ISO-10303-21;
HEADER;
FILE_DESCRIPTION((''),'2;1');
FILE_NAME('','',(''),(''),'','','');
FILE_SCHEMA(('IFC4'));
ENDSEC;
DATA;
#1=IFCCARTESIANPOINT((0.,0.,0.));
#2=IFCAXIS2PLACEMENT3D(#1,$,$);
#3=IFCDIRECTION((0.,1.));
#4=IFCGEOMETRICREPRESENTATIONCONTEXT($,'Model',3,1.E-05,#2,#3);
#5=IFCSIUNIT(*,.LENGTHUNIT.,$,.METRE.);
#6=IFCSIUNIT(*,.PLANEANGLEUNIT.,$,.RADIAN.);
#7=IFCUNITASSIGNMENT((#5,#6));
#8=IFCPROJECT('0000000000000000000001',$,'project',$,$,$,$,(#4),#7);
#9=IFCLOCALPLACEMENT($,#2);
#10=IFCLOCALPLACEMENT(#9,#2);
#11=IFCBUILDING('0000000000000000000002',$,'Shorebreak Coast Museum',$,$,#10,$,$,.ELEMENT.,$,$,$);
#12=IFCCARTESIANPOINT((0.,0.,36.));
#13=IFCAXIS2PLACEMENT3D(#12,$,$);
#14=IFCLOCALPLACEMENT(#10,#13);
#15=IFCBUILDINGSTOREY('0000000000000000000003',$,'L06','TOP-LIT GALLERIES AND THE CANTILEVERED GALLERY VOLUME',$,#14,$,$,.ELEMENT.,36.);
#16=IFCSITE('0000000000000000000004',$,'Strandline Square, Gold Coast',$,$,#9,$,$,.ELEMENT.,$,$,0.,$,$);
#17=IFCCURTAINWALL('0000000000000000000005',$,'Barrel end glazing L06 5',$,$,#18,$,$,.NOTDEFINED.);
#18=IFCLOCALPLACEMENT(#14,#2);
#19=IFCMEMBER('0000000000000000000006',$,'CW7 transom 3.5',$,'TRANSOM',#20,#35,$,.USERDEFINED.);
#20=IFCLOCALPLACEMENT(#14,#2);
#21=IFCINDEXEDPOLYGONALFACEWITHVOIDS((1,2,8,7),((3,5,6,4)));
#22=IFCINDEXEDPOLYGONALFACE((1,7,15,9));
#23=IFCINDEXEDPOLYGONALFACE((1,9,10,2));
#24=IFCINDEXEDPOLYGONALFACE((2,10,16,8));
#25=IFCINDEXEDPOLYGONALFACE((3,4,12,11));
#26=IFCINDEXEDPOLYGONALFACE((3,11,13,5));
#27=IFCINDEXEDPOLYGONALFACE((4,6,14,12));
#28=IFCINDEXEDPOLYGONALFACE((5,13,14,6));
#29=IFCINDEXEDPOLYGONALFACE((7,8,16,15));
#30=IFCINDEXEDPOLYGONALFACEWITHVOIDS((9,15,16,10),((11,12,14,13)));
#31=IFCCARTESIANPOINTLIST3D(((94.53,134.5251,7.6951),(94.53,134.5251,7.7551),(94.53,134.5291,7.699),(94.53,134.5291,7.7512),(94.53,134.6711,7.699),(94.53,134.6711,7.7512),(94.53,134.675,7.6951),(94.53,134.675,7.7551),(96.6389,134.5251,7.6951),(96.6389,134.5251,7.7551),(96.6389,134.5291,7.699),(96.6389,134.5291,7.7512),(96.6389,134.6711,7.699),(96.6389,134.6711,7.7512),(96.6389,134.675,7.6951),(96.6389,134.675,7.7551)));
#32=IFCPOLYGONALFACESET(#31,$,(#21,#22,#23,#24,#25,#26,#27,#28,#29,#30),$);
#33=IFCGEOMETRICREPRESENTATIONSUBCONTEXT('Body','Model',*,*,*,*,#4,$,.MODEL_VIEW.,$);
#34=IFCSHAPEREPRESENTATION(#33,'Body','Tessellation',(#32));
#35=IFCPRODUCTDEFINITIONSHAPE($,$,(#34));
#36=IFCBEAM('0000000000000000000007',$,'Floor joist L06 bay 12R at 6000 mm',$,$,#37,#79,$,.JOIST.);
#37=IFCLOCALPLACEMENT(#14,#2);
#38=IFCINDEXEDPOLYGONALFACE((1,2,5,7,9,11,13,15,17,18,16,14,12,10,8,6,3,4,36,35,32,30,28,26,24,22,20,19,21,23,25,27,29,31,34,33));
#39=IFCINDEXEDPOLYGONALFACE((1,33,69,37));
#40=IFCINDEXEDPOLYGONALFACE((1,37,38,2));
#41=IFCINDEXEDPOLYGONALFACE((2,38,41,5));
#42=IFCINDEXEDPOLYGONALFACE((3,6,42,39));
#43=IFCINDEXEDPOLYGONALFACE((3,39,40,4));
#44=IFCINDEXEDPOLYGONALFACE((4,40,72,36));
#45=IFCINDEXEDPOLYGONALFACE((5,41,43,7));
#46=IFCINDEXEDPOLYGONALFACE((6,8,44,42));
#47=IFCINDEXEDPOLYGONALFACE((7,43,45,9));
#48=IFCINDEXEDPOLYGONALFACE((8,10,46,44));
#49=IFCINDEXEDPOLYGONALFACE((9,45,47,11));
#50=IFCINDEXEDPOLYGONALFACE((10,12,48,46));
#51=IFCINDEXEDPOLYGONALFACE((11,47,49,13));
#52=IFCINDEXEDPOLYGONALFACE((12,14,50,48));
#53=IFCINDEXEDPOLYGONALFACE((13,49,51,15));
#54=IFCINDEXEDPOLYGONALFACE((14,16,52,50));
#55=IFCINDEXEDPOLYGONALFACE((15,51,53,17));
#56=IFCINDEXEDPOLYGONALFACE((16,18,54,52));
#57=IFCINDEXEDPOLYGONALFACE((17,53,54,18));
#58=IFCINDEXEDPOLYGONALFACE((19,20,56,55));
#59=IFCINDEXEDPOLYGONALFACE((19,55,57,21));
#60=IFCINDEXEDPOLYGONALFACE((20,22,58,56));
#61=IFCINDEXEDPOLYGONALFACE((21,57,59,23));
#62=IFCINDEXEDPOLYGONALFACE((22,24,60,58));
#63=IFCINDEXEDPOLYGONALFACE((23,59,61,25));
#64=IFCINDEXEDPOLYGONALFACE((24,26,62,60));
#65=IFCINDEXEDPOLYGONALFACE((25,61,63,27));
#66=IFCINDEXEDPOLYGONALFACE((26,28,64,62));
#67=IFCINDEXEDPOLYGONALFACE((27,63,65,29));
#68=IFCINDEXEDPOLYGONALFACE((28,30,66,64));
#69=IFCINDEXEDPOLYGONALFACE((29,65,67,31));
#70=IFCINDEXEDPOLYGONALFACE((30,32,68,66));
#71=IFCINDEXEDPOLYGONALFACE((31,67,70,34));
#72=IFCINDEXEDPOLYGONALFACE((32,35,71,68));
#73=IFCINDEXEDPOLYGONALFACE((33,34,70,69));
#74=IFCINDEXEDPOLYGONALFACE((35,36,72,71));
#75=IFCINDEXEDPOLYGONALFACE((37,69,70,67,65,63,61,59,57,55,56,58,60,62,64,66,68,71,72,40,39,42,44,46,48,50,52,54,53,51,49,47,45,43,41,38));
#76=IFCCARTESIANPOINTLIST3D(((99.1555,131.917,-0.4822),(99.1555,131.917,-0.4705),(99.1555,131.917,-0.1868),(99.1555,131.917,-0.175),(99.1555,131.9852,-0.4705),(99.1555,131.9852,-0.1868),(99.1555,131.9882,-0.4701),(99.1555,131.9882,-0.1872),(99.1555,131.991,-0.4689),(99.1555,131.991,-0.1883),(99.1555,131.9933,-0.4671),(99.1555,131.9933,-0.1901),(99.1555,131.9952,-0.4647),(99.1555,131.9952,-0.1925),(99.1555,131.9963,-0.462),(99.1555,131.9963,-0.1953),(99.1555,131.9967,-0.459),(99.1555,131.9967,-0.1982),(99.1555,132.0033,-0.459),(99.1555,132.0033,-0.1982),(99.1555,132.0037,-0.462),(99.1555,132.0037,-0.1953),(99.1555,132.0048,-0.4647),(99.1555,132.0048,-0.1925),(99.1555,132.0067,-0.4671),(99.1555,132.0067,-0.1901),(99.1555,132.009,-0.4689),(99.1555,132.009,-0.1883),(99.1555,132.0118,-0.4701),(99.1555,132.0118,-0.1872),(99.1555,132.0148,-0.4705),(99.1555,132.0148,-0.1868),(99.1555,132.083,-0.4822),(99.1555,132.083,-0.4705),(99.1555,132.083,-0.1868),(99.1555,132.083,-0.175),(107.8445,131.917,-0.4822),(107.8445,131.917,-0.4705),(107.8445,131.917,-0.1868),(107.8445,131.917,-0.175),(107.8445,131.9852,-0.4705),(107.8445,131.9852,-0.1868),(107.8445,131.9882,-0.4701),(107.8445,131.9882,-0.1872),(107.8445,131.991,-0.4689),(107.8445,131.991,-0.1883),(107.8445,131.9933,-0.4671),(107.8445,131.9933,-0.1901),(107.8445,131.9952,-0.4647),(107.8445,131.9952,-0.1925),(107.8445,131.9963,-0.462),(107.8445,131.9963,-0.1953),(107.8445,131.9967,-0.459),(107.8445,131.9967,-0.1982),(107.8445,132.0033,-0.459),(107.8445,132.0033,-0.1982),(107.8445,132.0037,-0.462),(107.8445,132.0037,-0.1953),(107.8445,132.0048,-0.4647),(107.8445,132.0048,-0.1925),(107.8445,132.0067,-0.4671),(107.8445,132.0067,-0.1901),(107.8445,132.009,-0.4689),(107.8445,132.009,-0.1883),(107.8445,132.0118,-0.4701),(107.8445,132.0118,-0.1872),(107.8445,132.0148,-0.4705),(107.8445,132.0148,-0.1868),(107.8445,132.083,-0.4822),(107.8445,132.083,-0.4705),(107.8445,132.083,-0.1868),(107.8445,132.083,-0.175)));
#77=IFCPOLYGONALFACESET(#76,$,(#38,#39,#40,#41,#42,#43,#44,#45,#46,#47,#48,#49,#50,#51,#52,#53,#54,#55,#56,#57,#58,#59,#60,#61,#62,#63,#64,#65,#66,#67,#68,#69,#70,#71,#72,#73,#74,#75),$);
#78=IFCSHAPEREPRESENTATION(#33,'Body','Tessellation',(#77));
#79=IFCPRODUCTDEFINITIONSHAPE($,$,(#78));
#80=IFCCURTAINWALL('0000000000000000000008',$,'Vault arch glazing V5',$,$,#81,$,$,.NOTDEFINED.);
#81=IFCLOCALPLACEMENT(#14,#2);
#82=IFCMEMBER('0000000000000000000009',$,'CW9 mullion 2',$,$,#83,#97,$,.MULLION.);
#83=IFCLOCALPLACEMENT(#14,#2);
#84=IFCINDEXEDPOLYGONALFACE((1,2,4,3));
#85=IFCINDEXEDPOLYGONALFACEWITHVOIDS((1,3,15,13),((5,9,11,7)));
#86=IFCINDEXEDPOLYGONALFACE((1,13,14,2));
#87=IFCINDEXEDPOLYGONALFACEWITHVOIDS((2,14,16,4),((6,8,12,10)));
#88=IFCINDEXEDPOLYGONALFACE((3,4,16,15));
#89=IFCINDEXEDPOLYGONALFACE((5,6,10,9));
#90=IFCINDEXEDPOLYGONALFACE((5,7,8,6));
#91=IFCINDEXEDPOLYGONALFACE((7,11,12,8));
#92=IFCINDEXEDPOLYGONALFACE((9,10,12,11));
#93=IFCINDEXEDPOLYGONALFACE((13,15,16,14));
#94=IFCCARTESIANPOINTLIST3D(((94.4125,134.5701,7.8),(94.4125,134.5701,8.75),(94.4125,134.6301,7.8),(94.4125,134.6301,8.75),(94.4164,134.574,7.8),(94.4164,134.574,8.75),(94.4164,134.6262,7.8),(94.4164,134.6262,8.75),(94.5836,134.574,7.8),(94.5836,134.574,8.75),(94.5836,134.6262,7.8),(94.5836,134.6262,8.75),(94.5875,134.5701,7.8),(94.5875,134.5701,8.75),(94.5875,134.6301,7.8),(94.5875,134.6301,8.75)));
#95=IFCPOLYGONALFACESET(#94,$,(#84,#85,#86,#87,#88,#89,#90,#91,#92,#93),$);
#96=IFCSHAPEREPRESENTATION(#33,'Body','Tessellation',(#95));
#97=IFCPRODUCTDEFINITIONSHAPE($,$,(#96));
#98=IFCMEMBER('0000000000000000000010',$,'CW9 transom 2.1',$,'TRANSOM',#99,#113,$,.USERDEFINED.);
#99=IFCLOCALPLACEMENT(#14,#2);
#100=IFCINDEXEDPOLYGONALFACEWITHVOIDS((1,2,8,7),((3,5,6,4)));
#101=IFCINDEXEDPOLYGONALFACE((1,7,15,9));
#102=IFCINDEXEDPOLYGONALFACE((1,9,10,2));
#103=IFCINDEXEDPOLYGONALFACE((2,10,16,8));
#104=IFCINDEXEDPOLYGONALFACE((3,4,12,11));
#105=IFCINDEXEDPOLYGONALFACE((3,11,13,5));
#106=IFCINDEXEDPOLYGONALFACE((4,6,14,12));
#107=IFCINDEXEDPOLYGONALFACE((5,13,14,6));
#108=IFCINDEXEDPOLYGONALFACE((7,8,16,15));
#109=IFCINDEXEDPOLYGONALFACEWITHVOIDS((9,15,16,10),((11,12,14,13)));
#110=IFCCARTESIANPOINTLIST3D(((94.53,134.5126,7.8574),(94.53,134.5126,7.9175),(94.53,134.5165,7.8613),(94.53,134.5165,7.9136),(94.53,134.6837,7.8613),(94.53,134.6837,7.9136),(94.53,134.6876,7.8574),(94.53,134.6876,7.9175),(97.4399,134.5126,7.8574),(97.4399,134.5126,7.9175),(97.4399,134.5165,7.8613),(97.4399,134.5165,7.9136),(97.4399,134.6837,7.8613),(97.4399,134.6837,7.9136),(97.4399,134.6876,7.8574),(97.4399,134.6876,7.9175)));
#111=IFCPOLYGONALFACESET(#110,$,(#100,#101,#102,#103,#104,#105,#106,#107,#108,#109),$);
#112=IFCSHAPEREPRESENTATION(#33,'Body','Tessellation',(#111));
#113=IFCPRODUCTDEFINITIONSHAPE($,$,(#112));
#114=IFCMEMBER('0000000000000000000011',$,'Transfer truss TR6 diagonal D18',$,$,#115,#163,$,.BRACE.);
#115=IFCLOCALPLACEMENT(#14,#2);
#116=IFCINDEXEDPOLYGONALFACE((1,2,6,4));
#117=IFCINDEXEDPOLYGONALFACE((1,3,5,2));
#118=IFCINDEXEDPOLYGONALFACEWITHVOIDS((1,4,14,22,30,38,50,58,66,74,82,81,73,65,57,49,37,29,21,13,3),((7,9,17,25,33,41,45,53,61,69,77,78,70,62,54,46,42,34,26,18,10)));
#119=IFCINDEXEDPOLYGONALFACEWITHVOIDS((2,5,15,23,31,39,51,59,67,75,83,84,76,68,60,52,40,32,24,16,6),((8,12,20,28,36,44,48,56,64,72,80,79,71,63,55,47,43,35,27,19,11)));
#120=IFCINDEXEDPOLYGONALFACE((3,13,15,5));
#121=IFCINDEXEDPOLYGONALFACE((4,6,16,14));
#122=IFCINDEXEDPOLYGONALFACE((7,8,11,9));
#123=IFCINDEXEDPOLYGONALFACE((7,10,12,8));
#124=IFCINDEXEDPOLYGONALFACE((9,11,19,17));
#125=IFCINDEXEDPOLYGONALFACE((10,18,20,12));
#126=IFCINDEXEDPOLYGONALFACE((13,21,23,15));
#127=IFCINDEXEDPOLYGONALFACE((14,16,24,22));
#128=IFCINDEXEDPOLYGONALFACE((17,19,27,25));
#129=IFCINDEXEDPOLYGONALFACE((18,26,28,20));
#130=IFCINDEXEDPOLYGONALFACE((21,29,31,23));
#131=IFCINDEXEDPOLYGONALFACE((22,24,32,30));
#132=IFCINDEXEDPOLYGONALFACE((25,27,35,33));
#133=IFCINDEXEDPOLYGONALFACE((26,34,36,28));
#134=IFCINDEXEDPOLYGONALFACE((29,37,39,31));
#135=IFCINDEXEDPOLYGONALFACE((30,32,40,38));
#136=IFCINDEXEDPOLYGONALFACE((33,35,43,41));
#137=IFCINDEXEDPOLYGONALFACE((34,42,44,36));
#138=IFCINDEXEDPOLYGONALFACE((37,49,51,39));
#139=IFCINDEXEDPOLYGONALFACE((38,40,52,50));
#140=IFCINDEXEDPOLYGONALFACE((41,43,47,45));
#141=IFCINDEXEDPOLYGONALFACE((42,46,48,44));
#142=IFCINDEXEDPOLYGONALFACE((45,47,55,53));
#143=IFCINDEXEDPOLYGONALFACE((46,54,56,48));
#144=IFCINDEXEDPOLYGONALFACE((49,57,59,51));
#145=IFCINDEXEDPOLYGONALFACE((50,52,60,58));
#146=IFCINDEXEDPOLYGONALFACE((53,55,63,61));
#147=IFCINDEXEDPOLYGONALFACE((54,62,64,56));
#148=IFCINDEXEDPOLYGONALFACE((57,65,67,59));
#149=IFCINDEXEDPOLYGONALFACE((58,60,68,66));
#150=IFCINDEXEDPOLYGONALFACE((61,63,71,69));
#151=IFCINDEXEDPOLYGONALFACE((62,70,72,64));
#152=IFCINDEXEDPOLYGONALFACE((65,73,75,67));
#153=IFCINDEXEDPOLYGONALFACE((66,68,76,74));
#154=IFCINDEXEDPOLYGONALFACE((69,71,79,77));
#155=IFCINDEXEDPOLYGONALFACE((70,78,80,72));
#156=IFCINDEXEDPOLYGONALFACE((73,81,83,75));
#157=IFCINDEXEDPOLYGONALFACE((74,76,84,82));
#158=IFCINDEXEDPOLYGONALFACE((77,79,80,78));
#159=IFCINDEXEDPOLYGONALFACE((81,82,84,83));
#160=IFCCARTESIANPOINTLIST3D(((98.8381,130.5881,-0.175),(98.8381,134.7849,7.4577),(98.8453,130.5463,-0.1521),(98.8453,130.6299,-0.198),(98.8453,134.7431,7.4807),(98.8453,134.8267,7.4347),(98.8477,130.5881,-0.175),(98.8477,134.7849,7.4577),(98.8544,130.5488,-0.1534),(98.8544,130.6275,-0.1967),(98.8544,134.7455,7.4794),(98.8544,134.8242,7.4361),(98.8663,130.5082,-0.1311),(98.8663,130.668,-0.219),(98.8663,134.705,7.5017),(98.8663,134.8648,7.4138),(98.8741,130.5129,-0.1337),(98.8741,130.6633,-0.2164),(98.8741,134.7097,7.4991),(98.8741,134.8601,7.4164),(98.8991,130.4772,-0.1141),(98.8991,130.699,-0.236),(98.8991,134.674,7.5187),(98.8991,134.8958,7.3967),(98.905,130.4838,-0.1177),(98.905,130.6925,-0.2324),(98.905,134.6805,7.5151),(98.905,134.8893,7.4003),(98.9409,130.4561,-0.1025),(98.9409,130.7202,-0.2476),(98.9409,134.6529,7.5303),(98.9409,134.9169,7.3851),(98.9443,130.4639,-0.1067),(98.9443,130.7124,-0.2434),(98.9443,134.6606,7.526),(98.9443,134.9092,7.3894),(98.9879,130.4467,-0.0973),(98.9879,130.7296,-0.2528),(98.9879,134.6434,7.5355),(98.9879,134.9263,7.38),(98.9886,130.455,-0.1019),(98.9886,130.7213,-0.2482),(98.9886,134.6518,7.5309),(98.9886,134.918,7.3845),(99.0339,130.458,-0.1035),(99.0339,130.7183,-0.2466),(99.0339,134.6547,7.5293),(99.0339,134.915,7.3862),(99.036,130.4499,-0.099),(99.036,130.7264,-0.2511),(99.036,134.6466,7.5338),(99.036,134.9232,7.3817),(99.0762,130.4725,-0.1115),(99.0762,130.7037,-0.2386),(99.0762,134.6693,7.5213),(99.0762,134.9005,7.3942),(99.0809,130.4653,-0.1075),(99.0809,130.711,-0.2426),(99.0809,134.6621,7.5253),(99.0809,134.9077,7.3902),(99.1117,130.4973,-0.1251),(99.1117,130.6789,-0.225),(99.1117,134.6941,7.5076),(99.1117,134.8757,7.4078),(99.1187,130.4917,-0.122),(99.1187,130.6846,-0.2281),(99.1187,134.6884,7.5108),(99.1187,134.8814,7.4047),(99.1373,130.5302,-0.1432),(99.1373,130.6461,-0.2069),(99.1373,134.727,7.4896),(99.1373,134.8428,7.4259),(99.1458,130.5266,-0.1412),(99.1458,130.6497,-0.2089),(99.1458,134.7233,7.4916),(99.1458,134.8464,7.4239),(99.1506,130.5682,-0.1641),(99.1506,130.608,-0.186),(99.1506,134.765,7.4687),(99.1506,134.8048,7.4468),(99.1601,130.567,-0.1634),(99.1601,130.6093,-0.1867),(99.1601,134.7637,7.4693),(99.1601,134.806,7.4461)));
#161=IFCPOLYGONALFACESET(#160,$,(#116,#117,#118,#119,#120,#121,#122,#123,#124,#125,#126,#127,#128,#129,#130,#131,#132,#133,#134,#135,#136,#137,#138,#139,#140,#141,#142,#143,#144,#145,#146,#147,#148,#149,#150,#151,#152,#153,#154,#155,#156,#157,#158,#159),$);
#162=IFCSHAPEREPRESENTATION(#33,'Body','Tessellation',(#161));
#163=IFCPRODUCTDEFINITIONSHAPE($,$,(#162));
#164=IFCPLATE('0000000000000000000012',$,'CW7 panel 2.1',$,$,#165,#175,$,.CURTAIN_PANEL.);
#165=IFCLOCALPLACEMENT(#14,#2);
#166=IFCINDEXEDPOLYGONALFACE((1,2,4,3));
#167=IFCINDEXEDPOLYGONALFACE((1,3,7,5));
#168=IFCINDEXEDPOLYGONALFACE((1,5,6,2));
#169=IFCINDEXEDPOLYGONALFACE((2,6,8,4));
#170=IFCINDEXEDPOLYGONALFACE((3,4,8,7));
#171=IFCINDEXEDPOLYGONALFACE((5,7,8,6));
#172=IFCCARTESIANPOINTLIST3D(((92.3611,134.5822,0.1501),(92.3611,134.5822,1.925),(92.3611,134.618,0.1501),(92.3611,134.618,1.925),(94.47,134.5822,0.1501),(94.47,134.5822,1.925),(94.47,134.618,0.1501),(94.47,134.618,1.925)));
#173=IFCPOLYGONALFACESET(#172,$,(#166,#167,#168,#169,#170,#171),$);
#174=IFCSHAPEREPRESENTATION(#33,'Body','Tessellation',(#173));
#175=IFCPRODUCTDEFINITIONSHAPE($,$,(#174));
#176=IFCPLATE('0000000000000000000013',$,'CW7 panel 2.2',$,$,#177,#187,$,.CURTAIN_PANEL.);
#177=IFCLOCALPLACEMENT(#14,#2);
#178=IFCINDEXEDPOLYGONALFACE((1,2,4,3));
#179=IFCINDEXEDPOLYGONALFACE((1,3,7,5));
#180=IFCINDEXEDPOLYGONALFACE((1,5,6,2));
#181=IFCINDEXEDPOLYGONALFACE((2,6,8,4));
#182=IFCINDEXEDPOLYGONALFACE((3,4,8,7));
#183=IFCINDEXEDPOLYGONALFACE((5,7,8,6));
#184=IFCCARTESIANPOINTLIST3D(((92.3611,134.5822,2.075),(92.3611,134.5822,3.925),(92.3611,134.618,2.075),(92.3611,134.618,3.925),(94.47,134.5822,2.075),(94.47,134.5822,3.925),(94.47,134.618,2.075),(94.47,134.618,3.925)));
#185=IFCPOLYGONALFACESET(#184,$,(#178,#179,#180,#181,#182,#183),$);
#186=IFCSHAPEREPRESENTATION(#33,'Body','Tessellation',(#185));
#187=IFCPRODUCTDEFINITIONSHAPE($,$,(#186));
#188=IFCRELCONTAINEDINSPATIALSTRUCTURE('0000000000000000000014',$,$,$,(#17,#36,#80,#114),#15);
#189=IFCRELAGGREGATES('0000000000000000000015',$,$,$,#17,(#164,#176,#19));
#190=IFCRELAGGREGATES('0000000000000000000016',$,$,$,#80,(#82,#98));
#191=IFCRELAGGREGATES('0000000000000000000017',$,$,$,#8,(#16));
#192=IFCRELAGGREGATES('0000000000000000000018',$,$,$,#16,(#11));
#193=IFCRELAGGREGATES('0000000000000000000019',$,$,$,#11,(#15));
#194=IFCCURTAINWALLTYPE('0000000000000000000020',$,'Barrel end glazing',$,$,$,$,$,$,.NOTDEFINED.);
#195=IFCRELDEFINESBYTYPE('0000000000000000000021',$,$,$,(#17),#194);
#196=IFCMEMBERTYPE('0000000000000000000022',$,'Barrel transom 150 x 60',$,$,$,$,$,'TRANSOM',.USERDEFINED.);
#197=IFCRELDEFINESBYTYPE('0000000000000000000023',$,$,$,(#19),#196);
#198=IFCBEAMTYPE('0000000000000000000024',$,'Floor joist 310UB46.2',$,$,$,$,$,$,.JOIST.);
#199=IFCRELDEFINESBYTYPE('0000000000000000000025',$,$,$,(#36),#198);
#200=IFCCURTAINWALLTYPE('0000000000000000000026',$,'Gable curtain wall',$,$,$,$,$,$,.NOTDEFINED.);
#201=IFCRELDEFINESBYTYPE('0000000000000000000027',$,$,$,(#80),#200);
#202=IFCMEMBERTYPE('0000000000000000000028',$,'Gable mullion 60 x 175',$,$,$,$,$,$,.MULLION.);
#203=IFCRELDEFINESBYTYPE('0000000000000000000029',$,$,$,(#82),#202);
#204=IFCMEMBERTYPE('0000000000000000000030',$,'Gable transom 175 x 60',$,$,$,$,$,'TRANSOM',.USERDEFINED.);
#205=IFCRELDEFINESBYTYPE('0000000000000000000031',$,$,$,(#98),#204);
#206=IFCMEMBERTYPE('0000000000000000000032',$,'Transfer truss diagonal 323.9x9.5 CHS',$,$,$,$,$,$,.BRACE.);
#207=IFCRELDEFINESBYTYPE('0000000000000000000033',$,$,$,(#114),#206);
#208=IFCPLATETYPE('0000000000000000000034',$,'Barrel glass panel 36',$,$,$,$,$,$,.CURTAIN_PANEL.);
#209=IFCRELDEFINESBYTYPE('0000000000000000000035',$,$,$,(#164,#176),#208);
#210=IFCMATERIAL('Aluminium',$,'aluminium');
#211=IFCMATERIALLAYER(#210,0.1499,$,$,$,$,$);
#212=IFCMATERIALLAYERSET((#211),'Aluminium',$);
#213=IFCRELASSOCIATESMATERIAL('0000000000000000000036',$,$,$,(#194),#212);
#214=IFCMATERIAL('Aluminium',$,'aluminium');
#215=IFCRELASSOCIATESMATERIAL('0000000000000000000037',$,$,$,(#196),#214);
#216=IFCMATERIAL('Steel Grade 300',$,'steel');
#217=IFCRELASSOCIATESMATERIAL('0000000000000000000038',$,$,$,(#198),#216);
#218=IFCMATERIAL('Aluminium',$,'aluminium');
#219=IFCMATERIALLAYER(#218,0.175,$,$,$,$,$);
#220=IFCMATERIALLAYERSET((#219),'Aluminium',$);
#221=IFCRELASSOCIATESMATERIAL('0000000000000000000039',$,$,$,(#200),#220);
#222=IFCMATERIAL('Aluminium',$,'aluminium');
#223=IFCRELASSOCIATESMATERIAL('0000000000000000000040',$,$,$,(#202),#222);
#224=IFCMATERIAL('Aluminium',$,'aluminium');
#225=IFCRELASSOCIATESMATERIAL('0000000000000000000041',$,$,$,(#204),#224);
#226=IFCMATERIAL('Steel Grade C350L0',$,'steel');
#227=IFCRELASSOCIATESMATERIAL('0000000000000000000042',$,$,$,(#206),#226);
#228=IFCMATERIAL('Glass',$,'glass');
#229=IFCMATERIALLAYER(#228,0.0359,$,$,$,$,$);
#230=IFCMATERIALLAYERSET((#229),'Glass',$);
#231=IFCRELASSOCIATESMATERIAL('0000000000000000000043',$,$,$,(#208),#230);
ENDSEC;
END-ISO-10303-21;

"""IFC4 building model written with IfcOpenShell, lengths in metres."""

from ifc_helpers import new_model, si_unit, direction, frame, origin, origin_2d, place, context, subcontext, project, spatial, rectangle, hollow_rectangle, hollow_circle, i_section, extrude, material, layer, layer_set, material_profile, profile_set, type_object, element, aggregate, save


model = new_model("IFC4")

# Units and contexts
model_context = context("Model", 3, precision=1e-05, world=origin(), true_north=direction((0.0, 1.0)))
body_context = subcontext(model_context, "Body", "Model", "MODEL_VIEW")
ifc_project = project(units=[si_unit("LENGTHUNIT", "METRE"), si_unit("PLANEANGLEUNIT", "RADIAN")], contexts=[model_context])

# Site, building, storey
site_placement = place(None, origin())
site = spatial("IfcSite", under=ifc_project, at=site_placement, Name="Strandline Square, Gold Coast", CompositionType="ELEMENT", RefElevation=0.0)
building_placement = place(site_placement, origin())
building = spatial("IfcBuilding", under=site, at=building_placement, Name="Shorebreak Coast Museum", CompositionType="ELEMENT")
storey_placement = place(building_placement, frame((0.0, 0.0, 36.0)))
storey = spatial("IfcBuildingStorey", under=building, at=storey_placement, Name="L06", Description="TOP-LIT GALLERIES AND THE CANTILEVERED GALLERY VOLUME", CompositionType="ELEMENT", Elevation=36.0)

# Curtain wall, member
ifc_material_1 = material(Name="Aluminium", Category="aluminium")
ifc_layer_1 = layer(ifc_material_1, 0.1499)
ifc_layer_set_1 = layer_set([ifc_layer_1], Name="Aluminium")
curtain_wall_type_1 = type_object("IfcCurtainWallType", Name="Barrel end glazing", PredefinedType="NOTDEFINED", material=ifc_layer_set_1)
curtain_wall_1_placement = place(storey_placement, origin())
curtain_wall_1 = element("IfcCurtainWall", 1, at=curtain_wall_1_placement, inside=storey, type_object=curtain_wall_type_1, Name="Barrel end glazing L06 5", PredefinedType="NOTDEFINED")
ifc_material_2 = material(Name="Aluminium", Category="aluminium")
ifc_material_profile_1 = material_profile(ifc_material_2, hollow_rectangle(XDim=0.1499, YDim=0.0601, WallThickness=0.0039, at=origin_2d()), Name="AL 60x150 RHS")
ifc_profile_set_1 = profile_set([ifc_material_profile_1], Name="Aluminium")
member_type_1 = type_object("IfcMemberType", Name="Barrel transom 150 x 60", ElementType="TRANSOM", PredefinedType="USERDEFINED", material=ifc_profile_set_1)
member_1_placement = place(storey_placement, frame((94.53, 134.6001, 7.7251), z_axis=(1.0, 0.0, 0.0), x_axis=(0.0, 1.0, 0.0)))
member_1 = element("IfcMember", 2, at=member_1_placement, type_object=member_type_1, Name="CW7 transom 3.5", ObjectType="TRANSOM", PredefinedType="USERDEFINED", context=body_context, shape_type="SweptSolid", body=[
    extrude(hollow_rectangle(XDim=0.1499, YDim=0.0601, WallThickness=0.0039, at=origin_2d()), origin(), (0.0, 0.0, 1.0), 2.1089),
])

# Beam
ifc_material_3 = material(Name="Steel Grade 300", Category="steel")
ifc_material_profile_2 = material_profile(ifc_material_3, i_section(OverallWidth=0.166, OverallDepth=0.3071, WebThickness=0.0066, FlangeThickness=0.0117, FilletRadius=0.0115, at=origin_2d()), Name="310UB46.2")
ifc_profile_set_2 = profile_set([ifc_material_profile_2], Name="Steel Grade 300")
beam_type = type_object("IfcBeamType", Name="Floor joist 310UB46.2", PredefinedType="JOIST", material=ifc_profile_set_2)
beam_placement = place(storey_placement, frame((99.1555, 132.0, -0.3286), z_axis=(1.0, 0.0, 0.0), x_axis=(0.0, 1.0, 0.0)))
element("IfcBeam", 3, at=beam_placement, inside=storey, type_object=beam_type, Name="Floor joist L06 bay 12R at 6000 mm", PredefinedType="JOIST", context=body_context, shape_type="SweptSolid", body=[
    extrude(i_section(OverallWidth=0.166, OverallDepth=0.3071, WebThickness=0.0066, FlangeThickness=0.0117, FilletRadius=0.0115, at=origin_2d()), origin(), (0.0, 0.0, 1.0), 8.689),
])

# Curtain wall, members
ifc_material_4 = material(Name="Aluminium", Category="aluminium")
ifc_layer_2 = layer(ifc_material_4, 0.175)
ifc_layer_set_2 = layer_set([ifc_layer_2], Name="Aluminium")
curtain_wall_type_2 = type_object("IfcCurtainWallType", Name="Gable curtain wall", PredefinedType="NOTDEFINED", material=ifc_layer_set_2)
curtain_wall_2_placement = place(storey_placement, origin())
curtain_wall_2 = element("IfcCurtainWall", 4, at=curtain_wall_2_placement, inside=storey, type_object=curtain_wall_type_2, Name="Vault arch glazing V5", PredefinedType="NOTDEFINED")
ifc_material_5 = material(Name="Aluminium", Category="aluminium")
ifc_material_profile_3 = material_profile(ifc_material_5, hollow_rectangle(XDim=0.0601, YDim=0.175, WallThickness=0.0039, at=origin_2d()), Name="AL 175x60 RHS")
ifc_profile_set_3 = profile_set([ifc_material_profile_3], Name="Aluminium")
member_type_2 = type_object("IfcMemberType", Name="Gable mullion 60 x 175", PredefinedType="MULLION", material=ifc_profile_set_3)
member_2_placement = place(storey_placement, frame((94.5, 134.6001, 7.8), z_axis=(0.0, 0.0, 1.0), x_axis=(0.0, 1.0, 0.0)))
member_2 = element("IfcMember", 5, at=member_2_placement, type_object=member_type_2, Name="CW9 mullion 2", PredefinedType="MULLION", context=body_context, shape_type="SweptSolid", body=[
    extrude(hollow_rectangle(XDim=0.0601, YDim=0.175, WallThickness=0.0039, at=origin_2d()), origin(), (0.0, 0.0, 1.0), 0.95),
])
ifc_material_6 = material(Name="Aluminium", Category="aluminium")
ifc_material_profile_4 = material_profile(ifc_material_6, hollow_rectangle(XDim=0.175, YDim=0.0601, WallThickness=0.0039, at=origin_2d()), Name="AL 60x175 RHS")
ifc_profile_set_4 = profile_set([ifc_material_profile_4], Name="Aluminium")
member_type_3 = type_object("IfcMemberType", Name="Gable transom 175 x 60", ElementType="TRANSOM", PredefinedType="USERDEFINED", material=ifc_profile_set_4)
member_3_placement = place(storey_placement, frame((94.53, 134.6001, 7.8875), z_axis=(1.0, 0.0, 0.0), x_axis=(0.0, 1.0, 0.0)))
member_3 = element("IfcMember", 6, at=member_3_placement, type_object=member_type_3, Name="CW9 transom 2.1", ObjectType="TRANSOM", PredefinedType="USERDEFINED", context=body_context, shape_type="SweptSolid", body=[
    extrude(hollow_rectangle(XDim=0.175, YDim=0.0601, WallThickness=0.0039, at=origin_2d()), origin(), (0.0, 0.0, 1.0), 2.9099),
])

# Member
ifc_material_7 = material(Name="Steel Grade C350L0", Category="steel")
ifc_material_profile_5 = material_profile(ifc_material_7, hollow_circle(Radius=0.1619, WallThickness=0.0095, at=origin_2d()), Name="323.9x9.5 CHS")
ifc_profile_set_5 = profile_set([ifc_material_profile_5], Name="Steel Grade C350L0")
member_type_4 = type_object("IfcMemberType", Name="Transfer truss diagonal 323.9x9.5 CHS", PredefinedType="BRACE", material=ifc_profile_set_5)
member_4_placement = place(storey_placement, frame((99.0, 130.5881, -0.175), z_axis=(0.0, 0.481807, 0.876277), x_axis=(-1.0, 0.0, 0.0)))
element("IfcMember", 7, at=member_4_placement, inside=storey, type_object=member_type_4, Name="Transfer truss TR6 diagonal D18", PredefinedType="BRACE", context=body_context, shape_type="SweptSolid", body=[
    extrude(hollow_circle(Radius=0.1619, WallThickness=0.0095, at=origin_2d()), origin(), (0.0, 0.0, 1.0), 8.7104),
])

# Plates
ifc_material_8 = material(Name="Glass", Category="glass")
ifc_layer_3 = layer(ifc_material_8, 0.0359)
ifc_layer_set_3 = layer_set([ifc_layer_3], Name="Glass")
plate_type_1 = type_object("IfcPlateType", Name="Barrel glass panel 36", PredefinedType="CURTAIN_PANEL", material=ifc_layer_set_3)
plate_1_placement = place(storey_placement, frame((93.4155, 134.6001, 0.1501), z_axis=(0.0, 0.0, 1.0), x_axis=(1.0, 0.0, 0.0)))
plate_1 = element("IfcPlate", 8, at=plate_1_placement, type_object=plate_type_1, Name="CW7 panel 2.1", PredefinedType="CURTAIN_PANEL", context=body_context, shape_type="SweptSolid", body=[
    extrude(rectangle(XDim=2.1089, YDim=0.0359, at=origin_2d()), origin(), (0.0, 0.0, 1.0), 1.7749),
])
plate_2_placement = place(storey_placement, frame((93.4155, 134.6001, 2.075), z_axis=(0.0, 0.0, 1.0), x_axis=(1.0, 0.0, 0.0)))
plate_2 = element("IfcPlate", 9, at=plate_2_placement, type_object=plate_type_1, Name="CW7 panel 2.2", PredefinedType="CURTAIN_PANEL", context=body_context, shape_type="SweptSolid", body=[
    extrude(rectangle(XDim=2.1089, YDim=0.0359, at=origin_2d()), origin(), (0.0, 0.0, 1.0), 1.8501),
])
aggregate(curtain_wall_1, [plate_1, plate_2, member_1])
aggregate(curtain_wall_2, [member_2, member_3])

save(model, "model.ifc")
